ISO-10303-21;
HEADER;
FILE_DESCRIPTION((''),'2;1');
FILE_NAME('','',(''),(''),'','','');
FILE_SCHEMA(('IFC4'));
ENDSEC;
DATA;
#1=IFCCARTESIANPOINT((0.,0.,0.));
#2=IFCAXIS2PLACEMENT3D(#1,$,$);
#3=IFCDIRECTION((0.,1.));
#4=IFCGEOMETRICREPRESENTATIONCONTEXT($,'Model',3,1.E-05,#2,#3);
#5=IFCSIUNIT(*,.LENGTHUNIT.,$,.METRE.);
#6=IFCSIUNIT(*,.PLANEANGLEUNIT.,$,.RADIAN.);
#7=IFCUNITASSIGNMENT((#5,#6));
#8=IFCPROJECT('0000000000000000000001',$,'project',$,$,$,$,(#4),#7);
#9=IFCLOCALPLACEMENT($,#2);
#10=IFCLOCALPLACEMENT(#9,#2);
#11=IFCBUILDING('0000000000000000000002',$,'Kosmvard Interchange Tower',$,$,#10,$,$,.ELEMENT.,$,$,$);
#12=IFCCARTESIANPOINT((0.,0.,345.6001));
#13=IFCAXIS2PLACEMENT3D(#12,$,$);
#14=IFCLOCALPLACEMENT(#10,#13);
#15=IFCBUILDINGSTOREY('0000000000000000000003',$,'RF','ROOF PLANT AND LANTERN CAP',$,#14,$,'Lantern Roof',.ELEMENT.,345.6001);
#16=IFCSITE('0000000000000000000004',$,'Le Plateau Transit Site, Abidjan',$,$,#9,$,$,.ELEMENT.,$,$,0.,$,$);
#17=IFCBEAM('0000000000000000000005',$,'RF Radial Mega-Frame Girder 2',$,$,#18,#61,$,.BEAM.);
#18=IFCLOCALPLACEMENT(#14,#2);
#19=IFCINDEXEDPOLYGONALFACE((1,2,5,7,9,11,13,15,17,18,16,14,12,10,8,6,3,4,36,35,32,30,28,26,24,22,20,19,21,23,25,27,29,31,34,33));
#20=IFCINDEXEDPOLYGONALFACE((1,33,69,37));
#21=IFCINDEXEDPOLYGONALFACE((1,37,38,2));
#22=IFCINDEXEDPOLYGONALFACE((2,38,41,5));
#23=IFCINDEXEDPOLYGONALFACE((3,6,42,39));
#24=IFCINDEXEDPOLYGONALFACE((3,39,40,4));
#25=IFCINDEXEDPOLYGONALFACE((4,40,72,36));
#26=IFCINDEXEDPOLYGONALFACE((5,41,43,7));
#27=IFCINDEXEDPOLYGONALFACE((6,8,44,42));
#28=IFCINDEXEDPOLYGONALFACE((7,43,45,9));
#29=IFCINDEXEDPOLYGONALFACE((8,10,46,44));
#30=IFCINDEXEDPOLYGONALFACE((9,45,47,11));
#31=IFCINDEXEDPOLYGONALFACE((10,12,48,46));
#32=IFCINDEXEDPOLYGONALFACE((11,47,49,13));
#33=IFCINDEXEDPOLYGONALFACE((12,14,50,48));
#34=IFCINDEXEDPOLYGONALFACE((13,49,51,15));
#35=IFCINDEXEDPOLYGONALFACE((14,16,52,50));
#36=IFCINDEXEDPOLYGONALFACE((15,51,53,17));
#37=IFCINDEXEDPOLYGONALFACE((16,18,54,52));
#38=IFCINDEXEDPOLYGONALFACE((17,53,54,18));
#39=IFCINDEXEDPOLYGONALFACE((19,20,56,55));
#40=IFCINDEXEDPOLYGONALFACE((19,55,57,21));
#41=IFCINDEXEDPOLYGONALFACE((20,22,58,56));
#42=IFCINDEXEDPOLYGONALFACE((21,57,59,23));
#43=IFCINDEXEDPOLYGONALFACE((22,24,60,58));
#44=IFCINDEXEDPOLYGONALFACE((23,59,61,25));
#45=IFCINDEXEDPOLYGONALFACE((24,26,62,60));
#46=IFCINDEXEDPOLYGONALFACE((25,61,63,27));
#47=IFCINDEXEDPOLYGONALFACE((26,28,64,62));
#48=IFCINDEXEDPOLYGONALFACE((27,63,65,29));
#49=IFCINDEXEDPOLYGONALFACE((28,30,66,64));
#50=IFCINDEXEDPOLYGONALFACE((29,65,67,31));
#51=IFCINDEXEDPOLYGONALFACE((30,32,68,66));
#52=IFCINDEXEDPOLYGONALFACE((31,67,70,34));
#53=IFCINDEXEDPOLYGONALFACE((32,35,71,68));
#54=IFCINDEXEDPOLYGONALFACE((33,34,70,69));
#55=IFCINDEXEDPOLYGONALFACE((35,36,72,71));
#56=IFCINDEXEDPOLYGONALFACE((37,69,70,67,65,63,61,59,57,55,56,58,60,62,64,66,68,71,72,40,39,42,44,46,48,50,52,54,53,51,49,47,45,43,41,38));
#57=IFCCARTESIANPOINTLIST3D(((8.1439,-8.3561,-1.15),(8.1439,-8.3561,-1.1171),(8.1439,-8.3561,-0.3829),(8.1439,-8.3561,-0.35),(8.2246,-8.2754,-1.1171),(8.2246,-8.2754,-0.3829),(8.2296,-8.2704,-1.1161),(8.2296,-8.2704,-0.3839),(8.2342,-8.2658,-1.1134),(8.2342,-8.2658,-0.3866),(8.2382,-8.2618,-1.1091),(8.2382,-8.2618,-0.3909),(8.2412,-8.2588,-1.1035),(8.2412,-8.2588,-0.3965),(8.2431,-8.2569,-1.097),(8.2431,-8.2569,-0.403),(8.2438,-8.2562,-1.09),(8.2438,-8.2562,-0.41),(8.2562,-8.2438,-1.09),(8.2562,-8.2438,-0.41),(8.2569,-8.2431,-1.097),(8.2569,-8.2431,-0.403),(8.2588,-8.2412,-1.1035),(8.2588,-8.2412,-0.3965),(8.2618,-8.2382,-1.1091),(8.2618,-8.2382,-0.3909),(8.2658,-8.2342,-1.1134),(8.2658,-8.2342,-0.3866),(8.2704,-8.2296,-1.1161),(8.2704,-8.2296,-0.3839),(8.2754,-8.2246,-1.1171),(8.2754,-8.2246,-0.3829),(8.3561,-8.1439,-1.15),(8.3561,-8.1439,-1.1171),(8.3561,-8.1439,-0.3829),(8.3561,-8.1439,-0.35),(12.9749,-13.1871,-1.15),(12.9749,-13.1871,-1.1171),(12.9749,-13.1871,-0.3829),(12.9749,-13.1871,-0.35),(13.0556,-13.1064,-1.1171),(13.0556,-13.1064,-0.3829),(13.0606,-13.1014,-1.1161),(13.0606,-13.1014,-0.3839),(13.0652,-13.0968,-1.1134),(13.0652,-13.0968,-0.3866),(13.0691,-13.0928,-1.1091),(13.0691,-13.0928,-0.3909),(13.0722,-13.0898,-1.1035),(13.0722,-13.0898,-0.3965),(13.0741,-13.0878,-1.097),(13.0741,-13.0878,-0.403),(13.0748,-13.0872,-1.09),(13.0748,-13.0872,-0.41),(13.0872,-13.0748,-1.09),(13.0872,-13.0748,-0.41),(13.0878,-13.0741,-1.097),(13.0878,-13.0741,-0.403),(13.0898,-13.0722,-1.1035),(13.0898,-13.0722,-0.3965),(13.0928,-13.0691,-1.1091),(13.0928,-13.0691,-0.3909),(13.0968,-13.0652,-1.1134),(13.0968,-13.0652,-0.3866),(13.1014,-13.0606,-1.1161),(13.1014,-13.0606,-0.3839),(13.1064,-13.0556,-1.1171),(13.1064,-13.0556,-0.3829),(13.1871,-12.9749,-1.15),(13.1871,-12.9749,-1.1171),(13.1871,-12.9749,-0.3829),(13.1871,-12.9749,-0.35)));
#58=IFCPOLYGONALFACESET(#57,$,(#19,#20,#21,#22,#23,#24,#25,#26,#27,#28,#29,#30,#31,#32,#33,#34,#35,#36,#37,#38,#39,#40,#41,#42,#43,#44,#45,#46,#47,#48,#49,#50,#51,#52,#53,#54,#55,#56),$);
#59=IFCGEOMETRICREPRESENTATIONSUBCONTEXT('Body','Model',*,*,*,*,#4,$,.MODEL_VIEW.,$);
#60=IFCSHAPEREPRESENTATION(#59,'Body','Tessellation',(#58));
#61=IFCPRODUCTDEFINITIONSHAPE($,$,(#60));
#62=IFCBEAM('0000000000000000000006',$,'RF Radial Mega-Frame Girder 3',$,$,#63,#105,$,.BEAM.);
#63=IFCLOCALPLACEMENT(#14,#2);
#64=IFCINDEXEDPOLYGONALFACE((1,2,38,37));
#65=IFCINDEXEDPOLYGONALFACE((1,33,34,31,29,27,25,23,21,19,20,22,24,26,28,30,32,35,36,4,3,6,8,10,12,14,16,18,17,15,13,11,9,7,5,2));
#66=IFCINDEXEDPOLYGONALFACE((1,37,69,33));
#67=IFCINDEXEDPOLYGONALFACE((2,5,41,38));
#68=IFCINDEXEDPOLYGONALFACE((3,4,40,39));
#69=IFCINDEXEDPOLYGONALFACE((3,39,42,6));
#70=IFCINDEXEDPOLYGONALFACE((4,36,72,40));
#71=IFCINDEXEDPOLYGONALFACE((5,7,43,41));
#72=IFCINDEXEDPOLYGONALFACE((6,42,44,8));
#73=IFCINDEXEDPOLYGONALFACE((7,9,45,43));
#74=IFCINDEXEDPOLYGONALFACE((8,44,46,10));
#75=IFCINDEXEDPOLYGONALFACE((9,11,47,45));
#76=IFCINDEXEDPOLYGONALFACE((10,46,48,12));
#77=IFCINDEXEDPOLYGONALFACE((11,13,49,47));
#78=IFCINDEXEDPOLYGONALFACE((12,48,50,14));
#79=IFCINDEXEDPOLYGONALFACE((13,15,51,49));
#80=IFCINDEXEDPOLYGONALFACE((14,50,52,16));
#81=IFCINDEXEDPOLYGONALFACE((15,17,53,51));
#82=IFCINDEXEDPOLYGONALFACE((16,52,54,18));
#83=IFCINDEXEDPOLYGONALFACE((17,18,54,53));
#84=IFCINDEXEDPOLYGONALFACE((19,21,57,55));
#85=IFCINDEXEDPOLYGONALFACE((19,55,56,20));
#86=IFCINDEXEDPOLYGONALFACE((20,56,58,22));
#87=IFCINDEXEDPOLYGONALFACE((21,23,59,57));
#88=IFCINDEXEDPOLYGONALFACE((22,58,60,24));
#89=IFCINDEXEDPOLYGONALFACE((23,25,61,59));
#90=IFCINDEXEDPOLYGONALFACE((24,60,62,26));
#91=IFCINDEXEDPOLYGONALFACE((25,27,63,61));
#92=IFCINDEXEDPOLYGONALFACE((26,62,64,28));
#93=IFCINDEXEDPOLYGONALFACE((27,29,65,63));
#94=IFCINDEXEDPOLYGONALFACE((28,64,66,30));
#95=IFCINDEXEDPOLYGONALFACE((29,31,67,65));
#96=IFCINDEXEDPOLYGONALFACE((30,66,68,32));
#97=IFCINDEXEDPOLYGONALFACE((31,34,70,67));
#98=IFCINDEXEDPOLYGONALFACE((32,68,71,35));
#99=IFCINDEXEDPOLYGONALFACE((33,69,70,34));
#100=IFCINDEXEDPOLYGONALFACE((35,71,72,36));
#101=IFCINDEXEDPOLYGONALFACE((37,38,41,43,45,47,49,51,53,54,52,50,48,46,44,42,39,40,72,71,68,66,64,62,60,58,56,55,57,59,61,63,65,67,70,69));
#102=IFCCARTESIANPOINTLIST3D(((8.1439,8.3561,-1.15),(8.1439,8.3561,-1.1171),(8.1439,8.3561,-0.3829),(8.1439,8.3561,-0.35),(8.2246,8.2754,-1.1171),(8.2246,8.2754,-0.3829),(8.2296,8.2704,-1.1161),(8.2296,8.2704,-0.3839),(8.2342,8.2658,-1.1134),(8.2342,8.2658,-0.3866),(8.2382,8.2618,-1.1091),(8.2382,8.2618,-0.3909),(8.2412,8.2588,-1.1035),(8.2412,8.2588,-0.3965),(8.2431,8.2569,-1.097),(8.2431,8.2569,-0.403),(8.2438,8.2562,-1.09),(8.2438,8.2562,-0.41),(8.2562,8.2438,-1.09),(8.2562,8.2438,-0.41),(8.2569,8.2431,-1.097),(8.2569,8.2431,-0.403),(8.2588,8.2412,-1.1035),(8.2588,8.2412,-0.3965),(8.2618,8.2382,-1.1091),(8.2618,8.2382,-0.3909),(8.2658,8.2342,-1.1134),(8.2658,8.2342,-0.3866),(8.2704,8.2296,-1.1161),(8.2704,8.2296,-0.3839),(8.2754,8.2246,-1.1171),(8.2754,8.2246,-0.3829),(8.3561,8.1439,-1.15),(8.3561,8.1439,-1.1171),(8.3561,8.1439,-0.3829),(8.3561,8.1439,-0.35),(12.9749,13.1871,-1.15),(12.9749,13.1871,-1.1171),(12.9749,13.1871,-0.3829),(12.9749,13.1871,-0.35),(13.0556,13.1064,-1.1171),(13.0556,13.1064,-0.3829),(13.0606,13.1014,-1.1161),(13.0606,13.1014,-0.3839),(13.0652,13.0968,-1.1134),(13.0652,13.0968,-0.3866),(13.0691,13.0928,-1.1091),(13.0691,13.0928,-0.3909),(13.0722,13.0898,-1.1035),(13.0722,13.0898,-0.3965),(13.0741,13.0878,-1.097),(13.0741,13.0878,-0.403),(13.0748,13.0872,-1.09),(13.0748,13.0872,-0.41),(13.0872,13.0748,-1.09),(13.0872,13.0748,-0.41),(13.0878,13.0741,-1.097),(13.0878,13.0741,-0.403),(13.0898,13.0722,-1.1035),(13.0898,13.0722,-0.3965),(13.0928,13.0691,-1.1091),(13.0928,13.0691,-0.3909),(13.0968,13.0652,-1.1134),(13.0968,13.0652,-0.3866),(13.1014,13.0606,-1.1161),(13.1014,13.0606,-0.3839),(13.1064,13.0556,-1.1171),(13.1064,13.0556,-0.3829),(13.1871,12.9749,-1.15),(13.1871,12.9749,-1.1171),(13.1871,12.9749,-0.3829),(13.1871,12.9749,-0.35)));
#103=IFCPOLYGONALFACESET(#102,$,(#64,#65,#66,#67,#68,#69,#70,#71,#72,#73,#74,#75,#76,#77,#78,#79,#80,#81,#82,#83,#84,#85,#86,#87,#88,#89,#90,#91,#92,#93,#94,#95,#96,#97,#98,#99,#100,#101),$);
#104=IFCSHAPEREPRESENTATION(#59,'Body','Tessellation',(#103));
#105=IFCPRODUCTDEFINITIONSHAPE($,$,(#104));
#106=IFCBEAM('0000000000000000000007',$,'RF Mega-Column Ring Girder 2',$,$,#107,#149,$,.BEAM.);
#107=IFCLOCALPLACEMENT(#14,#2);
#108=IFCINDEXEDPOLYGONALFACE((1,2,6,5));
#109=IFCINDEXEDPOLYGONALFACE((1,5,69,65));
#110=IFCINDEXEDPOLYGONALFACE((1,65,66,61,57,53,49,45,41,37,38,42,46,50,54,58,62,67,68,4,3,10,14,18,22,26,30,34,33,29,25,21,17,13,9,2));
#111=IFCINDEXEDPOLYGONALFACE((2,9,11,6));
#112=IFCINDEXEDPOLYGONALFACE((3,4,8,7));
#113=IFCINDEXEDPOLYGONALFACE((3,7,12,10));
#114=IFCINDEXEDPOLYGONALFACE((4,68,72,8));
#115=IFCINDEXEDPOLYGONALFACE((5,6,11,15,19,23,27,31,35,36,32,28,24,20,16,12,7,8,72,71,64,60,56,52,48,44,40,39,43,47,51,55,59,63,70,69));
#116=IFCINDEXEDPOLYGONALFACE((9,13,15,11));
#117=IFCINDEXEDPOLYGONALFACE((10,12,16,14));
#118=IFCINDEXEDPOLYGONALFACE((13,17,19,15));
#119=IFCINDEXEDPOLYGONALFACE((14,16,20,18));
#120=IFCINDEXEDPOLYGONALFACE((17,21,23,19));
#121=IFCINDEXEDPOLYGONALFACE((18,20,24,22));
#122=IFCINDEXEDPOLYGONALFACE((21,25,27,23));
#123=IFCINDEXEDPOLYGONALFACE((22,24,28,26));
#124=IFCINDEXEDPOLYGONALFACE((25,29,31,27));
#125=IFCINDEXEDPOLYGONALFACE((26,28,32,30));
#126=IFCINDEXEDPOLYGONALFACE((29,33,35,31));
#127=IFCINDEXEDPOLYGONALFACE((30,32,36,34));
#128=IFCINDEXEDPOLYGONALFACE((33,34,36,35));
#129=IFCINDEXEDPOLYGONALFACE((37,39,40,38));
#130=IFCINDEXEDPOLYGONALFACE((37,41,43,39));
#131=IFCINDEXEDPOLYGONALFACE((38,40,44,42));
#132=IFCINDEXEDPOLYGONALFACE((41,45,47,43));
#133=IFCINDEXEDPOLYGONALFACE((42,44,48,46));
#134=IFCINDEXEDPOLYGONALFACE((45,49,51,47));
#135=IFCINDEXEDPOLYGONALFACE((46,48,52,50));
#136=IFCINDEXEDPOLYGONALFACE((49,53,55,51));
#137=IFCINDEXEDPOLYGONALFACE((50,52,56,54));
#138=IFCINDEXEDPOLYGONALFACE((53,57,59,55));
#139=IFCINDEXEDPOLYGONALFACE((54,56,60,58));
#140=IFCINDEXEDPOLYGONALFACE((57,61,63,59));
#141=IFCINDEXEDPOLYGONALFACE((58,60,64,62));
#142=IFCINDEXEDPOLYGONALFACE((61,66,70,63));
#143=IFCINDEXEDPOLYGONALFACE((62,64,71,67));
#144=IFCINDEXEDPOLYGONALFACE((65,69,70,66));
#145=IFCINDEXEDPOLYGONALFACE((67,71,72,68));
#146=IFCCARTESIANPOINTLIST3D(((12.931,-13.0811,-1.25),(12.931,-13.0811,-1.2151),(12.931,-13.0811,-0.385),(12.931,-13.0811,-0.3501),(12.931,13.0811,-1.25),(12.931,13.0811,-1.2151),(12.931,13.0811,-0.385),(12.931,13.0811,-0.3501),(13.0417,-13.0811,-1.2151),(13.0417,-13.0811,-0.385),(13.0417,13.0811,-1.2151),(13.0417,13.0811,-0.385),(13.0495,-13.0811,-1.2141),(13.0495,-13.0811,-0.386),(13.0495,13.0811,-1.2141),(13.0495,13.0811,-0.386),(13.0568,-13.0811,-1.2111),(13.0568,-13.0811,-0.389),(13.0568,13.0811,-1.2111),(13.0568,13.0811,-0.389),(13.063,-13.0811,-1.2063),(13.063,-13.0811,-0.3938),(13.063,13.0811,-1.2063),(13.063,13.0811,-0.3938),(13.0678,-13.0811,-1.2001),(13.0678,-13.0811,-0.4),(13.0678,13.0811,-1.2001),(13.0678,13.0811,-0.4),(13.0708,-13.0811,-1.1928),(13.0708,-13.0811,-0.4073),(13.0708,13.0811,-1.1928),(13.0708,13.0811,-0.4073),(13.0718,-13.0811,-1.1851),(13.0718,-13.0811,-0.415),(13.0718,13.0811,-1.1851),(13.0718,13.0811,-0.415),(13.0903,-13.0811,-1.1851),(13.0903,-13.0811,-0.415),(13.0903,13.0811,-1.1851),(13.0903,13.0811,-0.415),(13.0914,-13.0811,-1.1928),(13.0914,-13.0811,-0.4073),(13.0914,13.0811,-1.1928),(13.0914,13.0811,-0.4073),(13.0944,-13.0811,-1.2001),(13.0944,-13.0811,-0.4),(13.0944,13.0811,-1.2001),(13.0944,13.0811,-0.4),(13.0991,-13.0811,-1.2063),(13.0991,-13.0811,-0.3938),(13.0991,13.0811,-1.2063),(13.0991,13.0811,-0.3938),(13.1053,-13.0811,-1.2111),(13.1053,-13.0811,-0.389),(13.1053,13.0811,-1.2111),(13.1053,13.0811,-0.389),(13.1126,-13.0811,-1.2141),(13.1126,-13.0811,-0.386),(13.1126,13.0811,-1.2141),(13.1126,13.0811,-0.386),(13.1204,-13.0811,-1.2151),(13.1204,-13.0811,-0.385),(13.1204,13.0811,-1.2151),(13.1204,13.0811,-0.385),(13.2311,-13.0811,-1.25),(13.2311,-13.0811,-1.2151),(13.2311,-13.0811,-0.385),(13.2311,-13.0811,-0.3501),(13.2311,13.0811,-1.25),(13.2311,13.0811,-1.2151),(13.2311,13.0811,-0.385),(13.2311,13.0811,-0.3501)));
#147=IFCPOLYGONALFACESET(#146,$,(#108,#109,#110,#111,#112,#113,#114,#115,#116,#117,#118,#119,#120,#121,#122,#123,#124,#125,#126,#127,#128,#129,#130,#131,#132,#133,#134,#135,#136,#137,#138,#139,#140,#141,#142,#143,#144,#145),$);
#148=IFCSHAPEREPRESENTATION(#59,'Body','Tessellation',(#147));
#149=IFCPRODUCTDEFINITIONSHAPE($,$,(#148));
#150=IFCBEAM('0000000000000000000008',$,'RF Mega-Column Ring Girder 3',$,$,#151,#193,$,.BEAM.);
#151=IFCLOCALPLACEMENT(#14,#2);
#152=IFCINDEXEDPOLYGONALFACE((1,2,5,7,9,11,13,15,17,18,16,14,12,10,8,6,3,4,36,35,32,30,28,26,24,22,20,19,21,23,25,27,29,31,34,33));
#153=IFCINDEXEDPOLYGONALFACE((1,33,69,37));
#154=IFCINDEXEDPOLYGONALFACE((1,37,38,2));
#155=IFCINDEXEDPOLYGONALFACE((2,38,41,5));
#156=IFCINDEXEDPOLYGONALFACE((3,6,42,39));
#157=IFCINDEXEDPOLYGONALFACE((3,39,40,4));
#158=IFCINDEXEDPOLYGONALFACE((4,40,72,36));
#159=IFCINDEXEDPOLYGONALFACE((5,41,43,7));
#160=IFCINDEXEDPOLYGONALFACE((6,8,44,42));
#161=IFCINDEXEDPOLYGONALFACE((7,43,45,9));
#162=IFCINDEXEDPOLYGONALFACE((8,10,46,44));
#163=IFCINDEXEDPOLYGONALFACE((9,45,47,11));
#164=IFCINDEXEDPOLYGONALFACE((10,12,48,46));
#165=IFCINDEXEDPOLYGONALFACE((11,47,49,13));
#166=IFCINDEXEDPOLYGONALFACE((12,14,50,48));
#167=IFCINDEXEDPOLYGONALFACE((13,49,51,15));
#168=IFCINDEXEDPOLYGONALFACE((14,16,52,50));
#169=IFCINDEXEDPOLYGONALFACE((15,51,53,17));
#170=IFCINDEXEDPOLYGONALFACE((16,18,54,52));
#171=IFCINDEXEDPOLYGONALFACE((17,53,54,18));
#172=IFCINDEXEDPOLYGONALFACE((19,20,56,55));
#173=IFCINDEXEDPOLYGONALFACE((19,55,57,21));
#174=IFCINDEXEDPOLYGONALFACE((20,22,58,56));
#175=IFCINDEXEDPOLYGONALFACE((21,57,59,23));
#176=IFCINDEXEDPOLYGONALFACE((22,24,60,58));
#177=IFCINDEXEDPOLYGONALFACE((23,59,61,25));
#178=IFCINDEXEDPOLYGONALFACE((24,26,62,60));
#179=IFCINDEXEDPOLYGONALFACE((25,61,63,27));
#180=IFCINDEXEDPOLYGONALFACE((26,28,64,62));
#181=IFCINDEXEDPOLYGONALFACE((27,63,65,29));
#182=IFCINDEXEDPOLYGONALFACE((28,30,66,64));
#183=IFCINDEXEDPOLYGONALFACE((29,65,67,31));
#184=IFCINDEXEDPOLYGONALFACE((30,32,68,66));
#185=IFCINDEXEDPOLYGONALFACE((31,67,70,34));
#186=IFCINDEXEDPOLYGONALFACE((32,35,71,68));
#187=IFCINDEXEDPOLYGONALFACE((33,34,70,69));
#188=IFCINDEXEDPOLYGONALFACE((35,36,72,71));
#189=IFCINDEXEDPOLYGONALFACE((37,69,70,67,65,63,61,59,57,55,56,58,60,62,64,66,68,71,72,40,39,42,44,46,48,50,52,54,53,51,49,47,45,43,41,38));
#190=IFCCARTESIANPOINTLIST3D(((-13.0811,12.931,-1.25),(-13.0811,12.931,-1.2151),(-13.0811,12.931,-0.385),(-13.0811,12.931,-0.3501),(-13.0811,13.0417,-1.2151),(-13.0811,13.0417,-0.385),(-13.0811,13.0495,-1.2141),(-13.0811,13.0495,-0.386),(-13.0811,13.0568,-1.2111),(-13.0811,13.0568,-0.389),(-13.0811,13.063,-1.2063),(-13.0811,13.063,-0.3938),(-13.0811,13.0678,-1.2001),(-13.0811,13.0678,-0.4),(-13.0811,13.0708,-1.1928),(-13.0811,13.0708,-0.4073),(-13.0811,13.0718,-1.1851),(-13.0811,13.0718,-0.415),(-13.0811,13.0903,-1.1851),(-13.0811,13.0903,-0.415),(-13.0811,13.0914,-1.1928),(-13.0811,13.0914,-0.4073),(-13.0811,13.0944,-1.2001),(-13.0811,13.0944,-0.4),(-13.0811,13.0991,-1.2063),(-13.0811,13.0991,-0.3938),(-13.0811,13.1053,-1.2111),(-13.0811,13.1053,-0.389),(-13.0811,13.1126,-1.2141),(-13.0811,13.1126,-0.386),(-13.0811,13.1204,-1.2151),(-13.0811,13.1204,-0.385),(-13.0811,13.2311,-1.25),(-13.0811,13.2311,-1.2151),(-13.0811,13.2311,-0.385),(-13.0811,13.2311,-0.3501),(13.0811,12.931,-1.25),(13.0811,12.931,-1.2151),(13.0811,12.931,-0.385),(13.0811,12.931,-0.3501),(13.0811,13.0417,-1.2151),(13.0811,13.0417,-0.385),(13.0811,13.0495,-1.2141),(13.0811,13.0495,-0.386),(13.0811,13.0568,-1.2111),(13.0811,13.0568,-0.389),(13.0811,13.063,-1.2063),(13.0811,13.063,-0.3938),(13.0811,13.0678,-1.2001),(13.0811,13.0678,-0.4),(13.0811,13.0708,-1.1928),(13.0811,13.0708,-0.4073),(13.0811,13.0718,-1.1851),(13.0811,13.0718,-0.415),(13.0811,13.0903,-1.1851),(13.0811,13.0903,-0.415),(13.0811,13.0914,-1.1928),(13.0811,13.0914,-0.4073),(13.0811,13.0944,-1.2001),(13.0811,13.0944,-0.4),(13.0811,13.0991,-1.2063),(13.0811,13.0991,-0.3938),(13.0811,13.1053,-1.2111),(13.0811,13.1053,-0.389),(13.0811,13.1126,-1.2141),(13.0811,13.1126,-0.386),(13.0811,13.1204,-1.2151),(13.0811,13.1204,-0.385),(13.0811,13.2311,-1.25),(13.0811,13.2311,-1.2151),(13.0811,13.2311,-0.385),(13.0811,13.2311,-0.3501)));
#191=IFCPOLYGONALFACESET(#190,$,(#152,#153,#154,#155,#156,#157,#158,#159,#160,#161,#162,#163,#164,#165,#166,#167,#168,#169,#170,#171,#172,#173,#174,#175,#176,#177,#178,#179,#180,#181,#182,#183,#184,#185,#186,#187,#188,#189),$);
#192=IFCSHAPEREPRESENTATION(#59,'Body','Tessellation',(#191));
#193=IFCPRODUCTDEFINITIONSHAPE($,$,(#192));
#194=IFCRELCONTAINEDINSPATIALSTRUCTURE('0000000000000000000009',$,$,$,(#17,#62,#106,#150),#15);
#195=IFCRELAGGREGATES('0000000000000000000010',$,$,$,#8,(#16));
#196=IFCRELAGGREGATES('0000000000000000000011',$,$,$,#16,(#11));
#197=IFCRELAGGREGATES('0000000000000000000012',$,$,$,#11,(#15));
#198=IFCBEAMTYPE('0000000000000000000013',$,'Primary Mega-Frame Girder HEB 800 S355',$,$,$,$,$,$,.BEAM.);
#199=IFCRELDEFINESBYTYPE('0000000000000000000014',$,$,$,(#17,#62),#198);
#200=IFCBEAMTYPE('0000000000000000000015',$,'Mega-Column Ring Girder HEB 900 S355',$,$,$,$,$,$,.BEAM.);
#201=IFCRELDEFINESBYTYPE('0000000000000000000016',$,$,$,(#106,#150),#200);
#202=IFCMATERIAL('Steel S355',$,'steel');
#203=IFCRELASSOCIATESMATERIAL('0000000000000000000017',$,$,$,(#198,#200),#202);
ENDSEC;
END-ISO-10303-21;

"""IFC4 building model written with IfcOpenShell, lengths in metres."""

from ifc_helpers import new_model, si_unit, direction, frame, origin, origin_2d, place, context, subcontext, project, spatial, i_section, extrude, source, transform, mapped, material, material_profile, profile_set, type_object, element, save


model = new_model("IFC4")

# Units and contexts
model_context = context("Model", 3, precision=1e-05, world=origin(), true_north=direction((0.0, 1.0)))
body_context = subcontext(model_context, "Body", "Model", "MODEL_VIEW")
ifc_project = project(units=[si_unit("LENGTHUNIT", "METRE"), si_unit("PLANEANGLEUNIT", "RADIAN")], contexts=[model_context])

# Site, building, storey
site_placement = place(None, origin())
site = spatial("IfcSite", under=ifc_project, at=site_placement, Name="Le Plateau Transit Site, Abidjan", CompositionType="ELEMENT", RefElevation=0.0)
building_placement = place(site_placement, origin())
building = spatial("IfcBuilding", under=site, at=building_placement, Name="Kosmvard Interchange Tower", CompositionType="ELEMENT")
storey_placement = place(building_placement, frame((0.0, 0.0, 345.6001)))
storey = spatial("IfcBuildingStorey", under=building, at=storey_placement, Name="RF", Description="ROOF PLANT AND LANTERN CAP", LongName="Lantern Roof", CompositionType="ELEMENT", Elevation=345.6001)

# Beams
ifc_material_1 = material(Name="Steel S355", Category="steel")
ifc_material_profile_1 = material_profile(ifc_material_1, i_section(OverallWidth=0.3, OverallDepth=0.8, WebThickness=0.0176, FlangeThickness=0.033, FilletRadius=0.0271, at=origin_2d()), Name="HEB 800")
ifc_profile_set_1 = profile_set([ifc_material_profile_1], Name="Steel S355")
beam_type_1 = type_object("IfcBeamType", Name="Primary Mega-Frame Girder HEB 800 S355", PredefinedType="BEAM", material=ifc_profile_set_1)
shared_shape_1 = source(origin(), body_context, "Body", "SweptSolid", [
    extrude(i_section(OverallWidth=0.3, OverallDepth=0.8, WebThickness=0.0176, FlangeThickness=0.033, FilletRadius=0.0271, at=origin_2d()), origin(), (0.0, 0.0, 1.0), 6.832),
])
for number, where, z_axis, x_axis, name in (
    (1, (8.25, -8.25, -0.75), (0.707107, -0.707107, 0.0), (0.707107, 0.707107, 0.0), "RF Radial Mega-Frame Girder 2"),
    (2, (8.25, 8.25, -0.75), (0.707107, 0.707107, 0.0), (-0.707107, 0.707107, 0.0), "RF Radial Mega-Frame Girder 3"),
):
    element("IfcBeam", number, at=place(storey_placement, frame(where, z_axis=z_axis, x_axis=x_axis)), inside=storey, type_object=beam_type_1, Name=name, PredefinedType="BEAM", context=body_context, shape_type="MappedRepresentation", body=[
        mapped(shared_shape_1, transform((0.0, 0.0, 0.0), scale=1.0)),
    ])
ifc_material_profile_2 = material_profile(ifc_material_1, i_section(OverallWidth=0.3, OverallDepth=0.8999, WebThickness=0.0186, FlangeThickness=0.0349, FilletRadius=0.03, at=origin_2d()), Name="HEB 900")
ifc_profile_set_2 = profile_set([ifc_material_profile_2], Name="Steel S355")
beam_type_2 = type_object("IfcBeamType", Name="Mega-Column Ring Girder HEB 900 S355", PredefinedType="BEAM", material=ifc_profile_set_2)
shared_shape_2 = source(origin(), body_context, "Body", "SweptSolid", [
    extrude(i_section(OverallWidth=0.3, OverallDepth=0.8999, WebThickness=0.0186, FlangeThickness=0.0349, FilletRadius=0.03, at=origin_2d()), origin(), (0.0, 0.0, 1.0), 26.1621),
])
for number, where, z_axis, x_axis, name in (
    (3, (13.0811, -13.0811, -0.8), (0.0, 1.0, 0.0), (-1.0, 0.0, 0.0), "RF Mega-Column Ring Girder 2"),
    (4, (13.0811, 13.0811, -0.8), (-1.0, 0.0, 0.0), (0.0, -1.0, 0.0), "RF Mega-Column Ring Girder 3"),
):
    element("IfcBeam", number, at=place(storey_placement, frame(where, z_axis=z_axis, x_axis=x_axis)), inside=storey, type_object=beam_type_2, Name=name, PredefinedType="BEAM", context=body_context, shape_type="MappedRepresentation", body=[
        mapped(shared_shape_2, transform((0.0, 0.0, 0.0), scale=1.0)),
    ])

save(model, "model.ifc")
